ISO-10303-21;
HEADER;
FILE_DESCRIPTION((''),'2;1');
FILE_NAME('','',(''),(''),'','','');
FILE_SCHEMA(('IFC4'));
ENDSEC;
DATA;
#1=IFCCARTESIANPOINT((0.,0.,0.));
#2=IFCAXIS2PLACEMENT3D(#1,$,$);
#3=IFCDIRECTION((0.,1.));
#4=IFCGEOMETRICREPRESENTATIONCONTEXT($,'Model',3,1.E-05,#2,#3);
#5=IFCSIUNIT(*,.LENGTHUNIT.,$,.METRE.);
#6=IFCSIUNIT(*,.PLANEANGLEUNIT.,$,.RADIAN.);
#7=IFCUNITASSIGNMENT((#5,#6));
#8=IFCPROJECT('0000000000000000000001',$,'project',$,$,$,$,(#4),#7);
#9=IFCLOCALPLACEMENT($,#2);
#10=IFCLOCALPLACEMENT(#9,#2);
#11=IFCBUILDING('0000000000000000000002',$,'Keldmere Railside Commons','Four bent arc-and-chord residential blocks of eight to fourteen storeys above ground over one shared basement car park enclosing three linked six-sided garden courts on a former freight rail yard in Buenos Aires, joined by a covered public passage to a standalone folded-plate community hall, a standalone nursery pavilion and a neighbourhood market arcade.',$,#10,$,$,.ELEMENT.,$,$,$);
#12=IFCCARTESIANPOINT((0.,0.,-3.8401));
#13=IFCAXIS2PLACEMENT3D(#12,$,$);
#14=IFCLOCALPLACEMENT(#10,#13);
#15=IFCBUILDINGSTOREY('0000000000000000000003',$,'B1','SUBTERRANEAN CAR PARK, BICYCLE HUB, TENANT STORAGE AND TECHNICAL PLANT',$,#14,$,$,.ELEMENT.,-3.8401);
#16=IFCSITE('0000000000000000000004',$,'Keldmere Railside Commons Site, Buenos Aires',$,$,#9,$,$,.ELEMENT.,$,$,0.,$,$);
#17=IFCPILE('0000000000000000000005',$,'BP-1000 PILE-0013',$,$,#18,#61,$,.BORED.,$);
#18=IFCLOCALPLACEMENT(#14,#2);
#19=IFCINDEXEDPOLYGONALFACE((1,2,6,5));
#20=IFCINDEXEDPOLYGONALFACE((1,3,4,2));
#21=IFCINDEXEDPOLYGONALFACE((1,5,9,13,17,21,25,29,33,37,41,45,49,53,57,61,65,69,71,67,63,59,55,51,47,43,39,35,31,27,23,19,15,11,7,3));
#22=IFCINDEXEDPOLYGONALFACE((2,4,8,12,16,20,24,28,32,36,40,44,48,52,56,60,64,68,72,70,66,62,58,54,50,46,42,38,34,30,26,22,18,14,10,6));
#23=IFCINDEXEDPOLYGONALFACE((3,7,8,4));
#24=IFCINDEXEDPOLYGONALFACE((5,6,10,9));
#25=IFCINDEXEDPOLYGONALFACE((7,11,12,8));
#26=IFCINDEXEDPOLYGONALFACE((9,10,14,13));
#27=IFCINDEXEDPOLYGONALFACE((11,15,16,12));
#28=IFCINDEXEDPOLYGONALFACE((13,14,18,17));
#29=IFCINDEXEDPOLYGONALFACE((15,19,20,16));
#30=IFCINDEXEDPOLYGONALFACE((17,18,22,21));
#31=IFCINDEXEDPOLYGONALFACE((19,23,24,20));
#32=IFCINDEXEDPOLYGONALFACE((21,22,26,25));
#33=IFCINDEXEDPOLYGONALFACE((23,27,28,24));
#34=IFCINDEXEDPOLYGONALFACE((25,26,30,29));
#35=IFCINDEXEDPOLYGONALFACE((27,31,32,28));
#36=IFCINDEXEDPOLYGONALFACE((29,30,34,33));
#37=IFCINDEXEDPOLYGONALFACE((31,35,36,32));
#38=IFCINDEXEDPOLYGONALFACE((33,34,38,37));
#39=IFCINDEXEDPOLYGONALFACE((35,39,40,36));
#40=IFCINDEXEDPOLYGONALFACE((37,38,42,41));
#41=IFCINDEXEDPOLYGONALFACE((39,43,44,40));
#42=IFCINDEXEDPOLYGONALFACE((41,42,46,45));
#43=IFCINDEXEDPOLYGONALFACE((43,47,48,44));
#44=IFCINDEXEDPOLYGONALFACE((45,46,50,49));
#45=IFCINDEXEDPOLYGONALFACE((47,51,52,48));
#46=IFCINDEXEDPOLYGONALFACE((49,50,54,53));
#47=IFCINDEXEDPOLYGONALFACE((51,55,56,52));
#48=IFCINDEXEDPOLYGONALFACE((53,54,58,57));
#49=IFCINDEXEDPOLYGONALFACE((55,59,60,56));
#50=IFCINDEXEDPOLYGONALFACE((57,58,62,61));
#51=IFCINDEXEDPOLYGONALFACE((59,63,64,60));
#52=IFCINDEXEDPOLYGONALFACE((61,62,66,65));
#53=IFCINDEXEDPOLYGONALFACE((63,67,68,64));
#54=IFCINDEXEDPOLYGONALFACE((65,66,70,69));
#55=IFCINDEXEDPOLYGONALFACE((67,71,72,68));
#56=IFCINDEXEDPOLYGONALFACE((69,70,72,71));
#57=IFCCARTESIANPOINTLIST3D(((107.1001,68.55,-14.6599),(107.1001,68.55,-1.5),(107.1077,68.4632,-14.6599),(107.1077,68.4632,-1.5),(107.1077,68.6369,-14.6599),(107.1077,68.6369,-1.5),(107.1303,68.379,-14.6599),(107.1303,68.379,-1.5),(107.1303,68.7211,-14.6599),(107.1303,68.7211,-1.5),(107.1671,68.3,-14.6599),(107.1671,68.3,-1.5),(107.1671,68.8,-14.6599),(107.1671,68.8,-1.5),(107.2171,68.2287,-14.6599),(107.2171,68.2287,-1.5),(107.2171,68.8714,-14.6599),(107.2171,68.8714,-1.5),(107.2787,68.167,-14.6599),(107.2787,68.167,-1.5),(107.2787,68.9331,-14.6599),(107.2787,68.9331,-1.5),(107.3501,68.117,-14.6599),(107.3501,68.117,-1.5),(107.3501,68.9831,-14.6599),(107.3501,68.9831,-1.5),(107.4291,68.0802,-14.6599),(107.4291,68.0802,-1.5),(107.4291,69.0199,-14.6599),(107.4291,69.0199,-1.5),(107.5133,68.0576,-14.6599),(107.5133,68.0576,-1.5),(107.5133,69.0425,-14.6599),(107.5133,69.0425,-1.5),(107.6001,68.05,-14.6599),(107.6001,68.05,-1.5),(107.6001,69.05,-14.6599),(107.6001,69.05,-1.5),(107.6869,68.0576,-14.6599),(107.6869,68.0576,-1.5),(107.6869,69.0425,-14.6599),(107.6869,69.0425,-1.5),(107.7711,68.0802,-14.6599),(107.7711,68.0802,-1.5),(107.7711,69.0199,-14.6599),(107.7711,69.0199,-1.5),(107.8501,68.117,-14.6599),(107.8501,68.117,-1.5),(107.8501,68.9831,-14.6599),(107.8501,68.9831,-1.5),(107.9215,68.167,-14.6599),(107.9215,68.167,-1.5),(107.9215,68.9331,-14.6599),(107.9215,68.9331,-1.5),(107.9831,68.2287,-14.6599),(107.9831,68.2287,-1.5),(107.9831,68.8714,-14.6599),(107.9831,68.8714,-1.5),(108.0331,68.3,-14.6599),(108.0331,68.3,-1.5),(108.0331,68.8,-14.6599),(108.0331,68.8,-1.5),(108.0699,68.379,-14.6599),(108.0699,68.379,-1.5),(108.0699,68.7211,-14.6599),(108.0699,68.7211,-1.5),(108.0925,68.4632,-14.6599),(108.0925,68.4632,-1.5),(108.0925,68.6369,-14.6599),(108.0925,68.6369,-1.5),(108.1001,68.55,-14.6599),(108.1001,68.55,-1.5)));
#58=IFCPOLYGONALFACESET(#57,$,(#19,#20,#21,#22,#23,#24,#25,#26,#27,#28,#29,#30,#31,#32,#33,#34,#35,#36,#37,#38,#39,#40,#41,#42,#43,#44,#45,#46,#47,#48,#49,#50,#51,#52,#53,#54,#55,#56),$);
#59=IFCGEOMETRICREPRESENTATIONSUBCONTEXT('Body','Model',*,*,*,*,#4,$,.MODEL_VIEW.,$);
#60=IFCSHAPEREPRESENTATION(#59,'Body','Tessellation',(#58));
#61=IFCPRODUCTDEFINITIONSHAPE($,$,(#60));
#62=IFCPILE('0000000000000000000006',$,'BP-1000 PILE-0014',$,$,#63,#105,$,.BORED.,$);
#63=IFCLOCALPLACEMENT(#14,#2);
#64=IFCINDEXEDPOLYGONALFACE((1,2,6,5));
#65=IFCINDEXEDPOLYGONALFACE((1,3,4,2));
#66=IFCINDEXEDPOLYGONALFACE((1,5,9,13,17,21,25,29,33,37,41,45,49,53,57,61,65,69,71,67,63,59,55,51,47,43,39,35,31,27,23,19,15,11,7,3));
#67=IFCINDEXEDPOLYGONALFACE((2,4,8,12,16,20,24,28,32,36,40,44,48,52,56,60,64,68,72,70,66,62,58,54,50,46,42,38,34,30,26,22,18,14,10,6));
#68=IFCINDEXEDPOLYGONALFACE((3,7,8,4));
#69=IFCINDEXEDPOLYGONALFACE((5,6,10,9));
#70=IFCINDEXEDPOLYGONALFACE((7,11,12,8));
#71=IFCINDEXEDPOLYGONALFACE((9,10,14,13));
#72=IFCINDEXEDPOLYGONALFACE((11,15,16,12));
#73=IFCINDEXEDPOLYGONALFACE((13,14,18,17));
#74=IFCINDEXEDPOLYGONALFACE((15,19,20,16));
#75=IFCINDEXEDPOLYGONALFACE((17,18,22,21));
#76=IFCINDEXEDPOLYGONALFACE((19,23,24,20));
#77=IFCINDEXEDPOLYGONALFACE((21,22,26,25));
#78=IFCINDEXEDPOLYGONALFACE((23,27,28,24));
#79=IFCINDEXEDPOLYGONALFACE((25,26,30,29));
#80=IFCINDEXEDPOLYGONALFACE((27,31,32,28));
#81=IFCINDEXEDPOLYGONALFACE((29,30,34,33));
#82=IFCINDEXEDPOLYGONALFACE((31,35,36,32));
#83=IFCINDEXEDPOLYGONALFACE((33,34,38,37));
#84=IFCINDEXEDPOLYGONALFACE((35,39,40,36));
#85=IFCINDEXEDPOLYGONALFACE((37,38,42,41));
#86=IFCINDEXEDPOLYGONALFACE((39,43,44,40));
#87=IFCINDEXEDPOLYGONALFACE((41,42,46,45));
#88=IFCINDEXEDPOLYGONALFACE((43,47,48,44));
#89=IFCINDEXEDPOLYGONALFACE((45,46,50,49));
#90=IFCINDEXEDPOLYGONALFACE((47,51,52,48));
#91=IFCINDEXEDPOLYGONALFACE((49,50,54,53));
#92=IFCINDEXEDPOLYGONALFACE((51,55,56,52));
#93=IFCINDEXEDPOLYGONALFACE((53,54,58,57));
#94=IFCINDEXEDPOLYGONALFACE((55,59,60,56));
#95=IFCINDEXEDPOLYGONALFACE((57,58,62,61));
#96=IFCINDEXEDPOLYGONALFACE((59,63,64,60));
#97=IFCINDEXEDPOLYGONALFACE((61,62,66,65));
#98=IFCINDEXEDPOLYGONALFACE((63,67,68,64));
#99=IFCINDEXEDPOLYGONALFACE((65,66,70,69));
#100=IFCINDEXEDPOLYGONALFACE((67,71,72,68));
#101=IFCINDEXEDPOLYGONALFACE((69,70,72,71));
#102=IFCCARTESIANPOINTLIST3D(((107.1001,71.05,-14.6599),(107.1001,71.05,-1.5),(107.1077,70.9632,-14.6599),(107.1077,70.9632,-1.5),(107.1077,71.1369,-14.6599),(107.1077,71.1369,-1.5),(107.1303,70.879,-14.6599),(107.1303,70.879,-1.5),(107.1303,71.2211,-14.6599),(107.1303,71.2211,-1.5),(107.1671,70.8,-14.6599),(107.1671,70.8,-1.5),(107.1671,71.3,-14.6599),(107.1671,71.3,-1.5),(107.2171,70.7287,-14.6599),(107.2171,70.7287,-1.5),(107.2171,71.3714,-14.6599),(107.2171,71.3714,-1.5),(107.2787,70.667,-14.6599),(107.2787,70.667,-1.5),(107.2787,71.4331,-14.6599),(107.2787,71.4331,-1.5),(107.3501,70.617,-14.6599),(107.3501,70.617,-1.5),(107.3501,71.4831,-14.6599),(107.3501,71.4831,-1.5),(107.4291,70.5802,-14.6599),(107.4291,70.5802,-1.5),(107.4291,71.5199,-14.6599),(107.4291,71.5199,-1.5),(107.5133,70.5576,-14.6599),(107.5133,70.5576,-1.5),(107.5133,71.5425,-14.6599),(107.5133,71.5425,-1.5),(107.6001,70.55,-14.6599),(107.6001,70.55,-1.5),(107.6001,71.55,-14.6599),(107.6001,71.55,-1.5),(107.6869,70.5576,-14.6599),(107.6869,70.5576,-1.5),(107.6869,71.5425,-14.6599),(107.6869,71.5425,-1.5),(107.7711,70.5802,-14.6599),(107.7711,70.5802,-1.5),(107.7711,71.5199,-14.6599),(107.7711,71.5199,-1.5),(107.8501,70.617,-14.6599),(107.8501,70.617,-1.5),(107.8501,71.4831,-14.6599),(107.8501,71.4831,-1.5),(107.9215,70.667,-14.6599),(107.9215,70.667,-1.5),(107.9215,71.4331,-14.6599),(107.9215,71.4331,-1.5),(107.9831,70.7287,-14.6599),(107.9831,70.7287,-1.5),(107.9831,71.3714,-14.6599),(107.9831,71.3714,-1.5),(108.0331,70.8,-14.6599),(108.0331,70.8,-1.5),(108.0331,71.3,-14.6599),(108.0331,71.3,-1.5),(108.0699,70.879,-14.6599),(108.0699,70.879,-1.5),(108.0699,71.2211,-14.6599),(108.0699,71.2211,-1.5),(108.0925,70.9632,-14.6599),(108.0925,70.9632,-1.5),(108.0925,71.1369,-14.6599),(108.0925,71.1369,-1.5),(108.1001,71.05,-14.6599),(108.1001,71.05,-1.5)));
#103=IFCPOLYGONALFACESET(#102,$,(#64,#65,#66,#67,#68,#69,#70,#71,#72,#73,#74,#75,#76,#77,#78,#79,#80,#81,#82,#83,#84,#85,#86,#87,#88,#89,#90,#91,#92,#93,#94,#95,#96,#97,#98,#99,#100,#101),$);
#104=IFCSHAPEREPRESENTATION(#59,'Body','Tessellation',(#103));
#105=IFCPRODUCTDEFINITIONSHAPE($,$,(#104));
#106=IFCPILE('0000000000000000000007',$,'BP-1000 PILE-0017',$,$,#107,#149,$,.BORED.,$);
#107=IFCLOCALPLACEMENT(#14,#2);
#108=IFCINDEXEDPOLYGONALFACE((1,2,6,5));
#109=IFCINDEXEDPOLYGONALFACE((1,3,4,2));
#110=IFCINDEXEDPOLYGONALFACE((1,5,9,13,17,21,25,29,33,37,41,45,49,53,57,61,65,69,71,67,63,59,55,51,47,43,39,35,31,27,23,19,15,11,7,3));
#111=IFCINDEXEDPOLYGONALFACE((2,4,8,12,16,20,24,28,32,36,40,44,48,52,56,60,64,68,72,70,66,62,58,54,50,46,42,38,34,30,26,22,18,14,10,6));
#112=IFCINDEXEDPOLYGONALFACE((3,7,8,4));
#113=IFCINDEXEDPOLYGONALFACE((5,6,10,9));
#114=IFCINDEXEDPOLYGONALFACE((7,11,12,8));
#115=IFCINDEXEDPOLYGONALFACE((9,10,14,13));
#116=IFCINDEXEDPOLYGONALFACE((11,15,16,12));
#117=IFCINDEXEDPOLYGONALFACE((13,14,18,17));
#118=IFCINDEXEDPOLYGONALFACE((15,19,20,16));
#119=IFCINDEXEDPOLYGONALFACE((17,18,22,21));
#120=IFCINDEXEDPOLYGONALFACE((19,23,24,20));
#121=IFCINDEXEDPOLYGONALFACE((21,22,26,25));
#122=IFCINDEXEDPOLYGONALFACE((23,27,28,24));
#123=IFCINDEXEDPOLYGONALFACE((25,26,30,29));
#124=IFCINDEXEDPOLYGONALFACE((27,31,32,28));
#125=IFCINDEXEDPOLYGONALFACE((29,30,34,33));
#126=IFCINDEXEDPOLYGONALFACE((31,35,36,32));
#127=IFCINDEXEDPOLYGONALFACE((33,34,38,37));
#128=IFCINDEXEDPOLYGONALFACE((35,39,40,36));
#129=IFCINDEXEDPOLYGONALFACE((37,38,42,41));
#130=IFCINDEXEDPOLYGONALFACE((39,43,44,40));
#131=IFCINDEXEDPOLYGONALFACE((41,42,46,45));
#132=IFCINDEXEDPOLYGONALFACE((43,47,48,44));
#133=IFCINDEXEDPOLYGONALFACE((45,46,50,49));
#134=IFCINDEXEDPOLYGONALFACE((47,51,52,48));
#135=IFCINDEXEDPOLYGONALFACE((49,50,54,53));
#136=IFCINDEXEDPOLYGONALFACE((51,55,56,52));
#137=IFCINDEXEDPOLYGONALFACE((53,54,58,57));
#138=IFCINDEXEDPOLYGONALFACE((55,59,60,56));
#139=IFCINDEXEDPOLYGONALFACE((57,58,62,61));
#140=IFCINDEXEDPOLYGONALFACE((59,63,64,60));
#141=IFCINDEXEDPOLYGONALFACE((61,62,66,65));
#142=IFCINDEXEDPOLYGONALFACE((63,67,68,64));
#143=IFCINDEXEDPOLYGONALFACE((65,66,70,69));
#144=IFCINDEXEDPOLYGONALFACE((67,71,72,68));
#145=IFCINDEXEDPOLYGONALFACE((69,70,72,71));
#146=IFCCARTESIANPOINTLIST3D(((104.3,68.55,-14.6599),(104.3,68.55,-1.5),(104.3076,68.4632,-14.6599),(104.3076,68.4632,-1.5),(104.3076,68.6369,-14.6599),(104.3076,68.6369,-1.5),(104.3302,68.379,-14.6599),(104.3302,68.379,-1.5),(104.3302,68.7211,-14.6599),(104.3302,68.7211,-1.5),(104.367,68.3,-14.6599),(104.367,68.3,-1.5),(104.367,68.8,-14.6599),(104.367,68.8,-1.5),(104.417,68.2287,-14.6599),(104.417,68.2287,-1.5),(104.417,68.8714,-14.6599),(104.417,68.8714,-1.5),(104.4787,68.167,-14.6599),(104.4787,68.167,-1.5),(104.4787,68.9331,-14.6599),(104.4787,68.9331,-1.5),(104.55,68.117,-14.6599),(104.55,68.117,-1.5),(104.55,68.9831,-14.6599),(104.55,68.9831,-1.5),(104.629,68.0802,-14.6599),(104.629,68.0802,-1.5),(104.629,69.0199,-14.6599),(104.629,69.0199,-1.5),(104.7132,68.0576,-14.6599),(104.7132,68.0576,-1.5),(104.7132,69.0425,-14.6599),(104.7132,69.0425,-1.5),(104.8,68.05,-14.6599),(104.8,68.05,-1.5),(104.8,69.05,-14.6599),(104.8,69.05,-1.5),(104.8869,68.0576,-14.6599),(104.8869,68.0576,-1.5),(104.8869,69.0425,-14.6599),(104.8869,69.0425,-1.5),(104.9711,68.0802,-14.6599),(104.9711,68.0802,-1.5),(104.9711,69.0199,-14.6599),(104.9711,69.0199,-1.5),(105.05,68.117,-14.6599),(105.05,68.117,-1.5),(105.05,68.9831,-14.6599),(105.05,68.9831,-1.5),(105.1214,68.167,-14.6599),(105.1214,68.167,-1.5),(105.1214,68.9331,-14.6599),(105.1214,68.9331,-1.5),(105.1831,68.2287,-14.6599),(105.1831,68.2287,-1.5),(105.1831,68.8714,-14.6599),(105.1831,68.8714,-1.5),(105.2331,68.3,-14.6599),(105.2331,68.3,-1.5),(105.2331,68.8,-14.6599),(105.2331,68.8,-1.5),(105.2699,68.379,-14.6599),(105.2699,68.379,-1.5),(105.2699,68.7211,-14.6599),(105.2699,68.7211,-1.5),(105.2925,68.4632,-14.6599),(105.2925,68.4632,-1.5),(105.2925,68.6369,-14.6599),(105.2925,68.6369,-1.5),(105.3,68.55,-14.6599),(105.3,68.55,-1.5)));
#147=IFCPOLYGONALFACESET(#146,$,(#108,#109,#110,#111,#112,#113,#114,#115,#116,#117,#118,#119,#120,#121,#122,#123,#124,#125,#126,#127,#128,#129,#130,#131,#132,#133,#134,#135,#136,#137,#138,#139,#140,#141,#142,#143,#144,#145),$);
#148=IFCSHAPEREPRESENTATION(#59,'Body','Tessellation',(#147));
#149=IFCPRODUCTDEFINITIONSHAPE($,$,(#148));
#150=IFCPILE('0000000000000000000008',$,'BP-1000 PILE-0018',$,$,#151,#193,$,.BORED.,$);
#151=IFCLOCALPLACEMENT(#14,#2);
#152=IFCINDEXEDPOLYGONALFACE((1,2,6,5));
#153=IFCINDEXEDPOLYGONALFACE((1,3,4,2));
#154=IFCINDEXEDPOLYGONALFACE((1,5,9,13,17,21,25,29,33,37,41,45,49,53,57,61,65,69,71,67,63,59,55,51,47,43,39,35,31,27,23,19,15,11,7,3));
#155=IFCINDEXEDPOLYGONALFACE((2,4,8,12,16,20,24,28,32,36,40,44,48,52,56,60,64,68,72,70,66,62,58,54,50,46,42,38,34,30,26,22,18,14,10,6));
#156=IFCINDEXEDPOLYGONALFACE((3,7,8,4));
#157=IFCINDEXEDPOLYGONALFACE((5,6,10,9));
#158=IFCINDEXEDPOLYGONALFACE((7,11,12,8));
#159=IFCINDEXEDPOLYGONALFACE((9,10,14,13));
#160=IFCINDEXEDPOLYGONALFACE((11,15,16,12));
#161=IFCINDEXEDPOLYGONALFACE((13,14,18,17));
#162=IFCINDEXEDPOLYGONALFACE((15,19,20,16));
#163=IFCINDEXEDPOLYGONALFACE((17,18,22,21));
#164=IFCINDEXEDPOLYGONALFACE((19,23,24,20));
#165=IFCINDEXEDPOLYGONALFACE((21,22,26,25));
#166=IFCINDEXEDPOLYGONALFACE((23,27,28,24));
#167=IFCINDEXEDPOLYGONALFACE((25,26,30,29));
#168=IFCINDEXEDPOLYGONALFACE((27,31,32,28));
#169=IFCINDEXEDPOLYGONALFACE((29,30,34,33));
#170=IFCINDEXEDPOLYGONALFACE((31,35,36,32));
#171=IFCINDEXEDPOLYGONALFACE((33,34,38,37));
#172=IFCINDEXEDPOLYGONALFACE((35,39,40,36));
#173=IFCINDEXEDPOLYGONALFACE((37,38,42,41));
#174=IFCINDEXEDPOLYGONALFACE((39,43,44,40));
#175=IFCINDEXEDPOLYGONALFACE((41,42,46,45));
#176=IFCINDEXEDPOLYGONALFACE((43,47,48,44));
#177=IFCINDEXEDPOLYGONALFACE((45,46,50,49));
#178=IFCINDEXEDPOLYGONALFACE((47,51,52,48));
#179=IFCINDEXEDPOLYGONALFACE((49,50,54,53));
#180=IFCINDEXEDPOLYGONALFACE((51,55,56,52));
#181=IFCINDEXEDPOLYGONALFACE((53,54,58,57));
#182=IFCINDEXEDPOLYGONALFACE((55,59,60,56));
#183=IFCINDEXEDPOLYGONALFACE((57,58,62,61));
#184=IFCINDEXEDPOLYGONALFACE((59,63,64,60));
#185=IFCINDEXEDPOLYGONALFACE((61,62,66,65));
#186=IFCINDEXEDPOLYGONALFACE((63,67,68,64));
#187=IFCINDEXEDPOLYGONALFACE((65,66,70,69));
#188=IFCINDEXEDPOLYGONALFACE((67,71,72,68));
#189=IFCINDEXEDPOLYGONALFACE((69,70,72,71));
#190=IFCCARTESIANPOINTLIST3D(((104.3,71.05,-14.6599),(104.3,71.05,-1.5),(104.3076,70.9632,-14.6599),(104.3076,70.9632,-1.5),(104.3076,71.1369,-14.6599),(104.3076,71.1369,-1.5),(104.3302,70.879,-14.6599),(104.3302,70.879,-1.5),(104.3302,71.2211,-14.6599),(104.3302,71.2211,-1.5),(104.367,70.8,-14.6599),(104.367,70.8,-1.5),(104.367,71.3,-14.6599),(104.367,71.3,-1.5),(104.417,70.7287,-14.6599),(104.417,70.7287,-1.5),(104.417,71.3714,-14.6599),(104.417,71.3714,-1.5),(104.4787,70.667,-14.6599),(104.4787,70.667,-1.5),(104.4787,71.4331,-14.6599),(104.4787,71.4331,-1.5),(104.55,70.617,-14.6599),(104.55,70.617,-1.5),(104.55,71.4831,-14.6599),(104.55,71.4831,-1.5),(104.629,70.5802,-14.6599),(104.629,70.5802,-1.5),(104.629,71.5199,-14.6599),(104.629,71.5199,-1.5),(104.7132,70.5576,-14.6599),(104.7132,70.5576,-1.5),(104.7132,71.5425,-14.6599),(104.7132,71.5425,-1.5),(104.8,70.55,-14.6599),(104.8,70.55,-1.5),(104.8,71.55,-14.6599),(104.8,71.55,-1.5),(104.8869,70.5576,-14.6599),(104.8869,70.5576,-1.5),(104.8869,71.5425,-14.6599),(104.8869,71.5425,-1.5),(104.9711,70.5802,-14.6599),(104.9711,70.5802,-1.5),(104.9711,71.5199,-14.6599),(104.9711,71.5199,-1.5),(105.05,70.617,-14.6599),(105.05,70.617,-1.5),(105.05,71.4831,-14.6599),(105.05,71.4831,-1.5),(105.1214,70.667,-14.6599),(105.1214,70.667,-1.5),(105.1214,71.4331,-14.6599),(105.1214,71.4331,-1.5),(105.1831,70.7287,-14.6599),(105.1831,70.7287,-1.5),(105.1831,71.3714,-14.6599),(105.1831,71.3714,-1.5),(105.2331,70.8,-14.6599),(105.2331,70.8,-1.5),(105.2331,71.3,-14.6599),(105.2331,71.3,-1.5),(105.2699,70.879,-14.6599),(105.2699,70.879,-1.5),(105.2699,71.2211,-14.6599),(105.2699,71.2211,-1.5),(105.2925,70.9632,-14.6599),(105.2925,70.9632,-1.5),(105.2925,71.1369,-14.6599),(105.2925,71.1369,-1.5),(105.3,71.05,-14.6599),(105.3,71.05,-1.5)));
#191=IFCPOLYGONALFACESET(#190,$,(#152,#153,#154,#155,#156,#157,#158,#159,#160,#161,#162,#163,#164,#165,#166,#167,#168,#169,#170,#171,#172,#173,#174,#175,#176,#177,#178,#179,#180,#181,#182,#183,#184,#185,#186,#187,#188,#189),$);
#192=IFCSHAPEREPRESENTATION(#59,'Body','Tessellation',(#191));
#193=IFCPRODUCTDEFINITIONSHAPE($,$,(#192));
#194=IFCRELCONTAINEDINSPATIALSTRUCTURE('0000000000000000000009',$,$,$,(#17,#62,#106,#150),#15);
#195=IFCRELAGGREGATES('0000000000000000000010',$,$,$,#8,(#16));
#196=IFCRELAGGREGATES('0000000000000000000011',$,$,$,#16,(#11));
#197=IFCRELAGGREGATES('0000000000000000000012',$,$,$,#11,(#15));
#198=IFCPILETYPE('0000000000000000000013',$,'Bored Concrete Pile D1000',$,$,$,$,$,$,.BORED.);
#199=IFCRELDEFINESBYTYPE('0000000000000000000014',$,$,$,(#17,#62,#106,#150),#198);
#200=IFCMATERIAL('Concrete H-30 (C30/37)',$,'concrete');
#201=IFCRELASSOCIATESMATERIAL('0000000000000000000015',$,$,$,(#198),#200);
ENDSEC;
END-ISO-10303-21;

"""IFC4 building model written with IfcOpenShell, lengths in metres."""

from ifc_helpers import new_model, si_unit, direction, frame, origin, origin_2d, place, context, subcontext, project, spatial, circle, extrude, material, material_profile, profile_set, type_object, element, save


model = new_model("IFC4")

# Units and contexts
model_context = context("Model", 3, precision=1e-05, world=origin(), true_north=direction((0.0, 1.0)))
body_context = subcontext(model_context, "Body", "Model", "MODEL_VIEW")
ifc_project = project(units=[si_unit("LENGTHUNIT", "METRE"), si_unit("PLANEANGLEUNIT", "RADIAN")], contexts=[model_context])

# Site, building, storey
site_placement = place(None, origin())
site = spatial("IfcSite", under=ifc_project, at=site_placement, Name="Keldmere Railside Commons Site, Buenos Aires", CompositionType="ELEMENT", RefElevation=0.0)
building_placement = place(site_placement, origin())
building = spatial("IfcBuilding", under=site, at=building_placement, Name="Keldmere Railside Commons", Description="Four bent arc-and-chord residential blocks of eight to fourteen storeys above ground over one shared basement car park enclosing three linked six-sided garden courts on a former freight rail yard in Buenos Aires, joined by a covered public passage to a standalone folded-plate community hall, a standalone nursery pavilion and a neighbourhood market arcade.", CompositionType="ELEMENT")
storey_placement = place(building_placement, frame((0.0, 0.0, -3.8401)))
storey = spatial("IfcBuildingStorey", under=building, at=storey_placement, Name="B1", Description="SUBTERRANEAN CAR PARK, BICYCLE HUB, TENANT STORAGE AND TECHNICAL PLANT", CompositionType="ELEMENT", Elevation=-3.8401)

# Piles
ifc_material_1 = material(Name="Concrete H-30 (C30/37)", Category="concrete")
ifc_material_profile_1 = material_profile(ifc_material_1, circle(Radius=0.5, at=origin_2d()), Name="PILE-D1000")
ifc_profile_set_1 = profile_set([ifc_material_profile_1], Name="Concrete H-30 (C30/37)")
pile_type = type_object("IfcPileType", Name="Bored Concrete Pile D1000", PredefinedType="BORED", material=ifc_profile_set_1)
for number, where, z_axis, x_axis, name in (
    (1, (107.6001, 68.55, -1.5), (0.0, 0.0, -1.0), (1.0, 0.0, 0.0), "BP-1000 PILE-0013"),
    (2, (107.6001, 71.05, -1.5), (0.0, 0.0, -1.0), (1.0, 0.0, 0.0), "BP-1000 PILE-0014"),
    (3, (104.8, 68.55, -1.5), (0.0, 0.0, -1.0), (1.0, 0.0, 0.0), "BP-1000 PILE-0017"),
    (4, (104.8, 71.05, -1.5), (0.0, 0.0, -1.0), (1.0, 0.0, 0.0), "BP-1000 PILE-0018"),
):
    element("IfcPile", number, at=place(storey_placement, frame(where, z_axis=z_axis, x_axis=x_axis)), inside=storey, type_object=pile_type, Name=name, PredefinedType="BORED", context=body_context, shape_type="SweptSolid", body=[
        extrude(circle(Radius=0.5, at=origin_2d()), origin(), (0.0, 0.0, 1.0), 13.1599),
    ])

save(model, "model.ifc")
